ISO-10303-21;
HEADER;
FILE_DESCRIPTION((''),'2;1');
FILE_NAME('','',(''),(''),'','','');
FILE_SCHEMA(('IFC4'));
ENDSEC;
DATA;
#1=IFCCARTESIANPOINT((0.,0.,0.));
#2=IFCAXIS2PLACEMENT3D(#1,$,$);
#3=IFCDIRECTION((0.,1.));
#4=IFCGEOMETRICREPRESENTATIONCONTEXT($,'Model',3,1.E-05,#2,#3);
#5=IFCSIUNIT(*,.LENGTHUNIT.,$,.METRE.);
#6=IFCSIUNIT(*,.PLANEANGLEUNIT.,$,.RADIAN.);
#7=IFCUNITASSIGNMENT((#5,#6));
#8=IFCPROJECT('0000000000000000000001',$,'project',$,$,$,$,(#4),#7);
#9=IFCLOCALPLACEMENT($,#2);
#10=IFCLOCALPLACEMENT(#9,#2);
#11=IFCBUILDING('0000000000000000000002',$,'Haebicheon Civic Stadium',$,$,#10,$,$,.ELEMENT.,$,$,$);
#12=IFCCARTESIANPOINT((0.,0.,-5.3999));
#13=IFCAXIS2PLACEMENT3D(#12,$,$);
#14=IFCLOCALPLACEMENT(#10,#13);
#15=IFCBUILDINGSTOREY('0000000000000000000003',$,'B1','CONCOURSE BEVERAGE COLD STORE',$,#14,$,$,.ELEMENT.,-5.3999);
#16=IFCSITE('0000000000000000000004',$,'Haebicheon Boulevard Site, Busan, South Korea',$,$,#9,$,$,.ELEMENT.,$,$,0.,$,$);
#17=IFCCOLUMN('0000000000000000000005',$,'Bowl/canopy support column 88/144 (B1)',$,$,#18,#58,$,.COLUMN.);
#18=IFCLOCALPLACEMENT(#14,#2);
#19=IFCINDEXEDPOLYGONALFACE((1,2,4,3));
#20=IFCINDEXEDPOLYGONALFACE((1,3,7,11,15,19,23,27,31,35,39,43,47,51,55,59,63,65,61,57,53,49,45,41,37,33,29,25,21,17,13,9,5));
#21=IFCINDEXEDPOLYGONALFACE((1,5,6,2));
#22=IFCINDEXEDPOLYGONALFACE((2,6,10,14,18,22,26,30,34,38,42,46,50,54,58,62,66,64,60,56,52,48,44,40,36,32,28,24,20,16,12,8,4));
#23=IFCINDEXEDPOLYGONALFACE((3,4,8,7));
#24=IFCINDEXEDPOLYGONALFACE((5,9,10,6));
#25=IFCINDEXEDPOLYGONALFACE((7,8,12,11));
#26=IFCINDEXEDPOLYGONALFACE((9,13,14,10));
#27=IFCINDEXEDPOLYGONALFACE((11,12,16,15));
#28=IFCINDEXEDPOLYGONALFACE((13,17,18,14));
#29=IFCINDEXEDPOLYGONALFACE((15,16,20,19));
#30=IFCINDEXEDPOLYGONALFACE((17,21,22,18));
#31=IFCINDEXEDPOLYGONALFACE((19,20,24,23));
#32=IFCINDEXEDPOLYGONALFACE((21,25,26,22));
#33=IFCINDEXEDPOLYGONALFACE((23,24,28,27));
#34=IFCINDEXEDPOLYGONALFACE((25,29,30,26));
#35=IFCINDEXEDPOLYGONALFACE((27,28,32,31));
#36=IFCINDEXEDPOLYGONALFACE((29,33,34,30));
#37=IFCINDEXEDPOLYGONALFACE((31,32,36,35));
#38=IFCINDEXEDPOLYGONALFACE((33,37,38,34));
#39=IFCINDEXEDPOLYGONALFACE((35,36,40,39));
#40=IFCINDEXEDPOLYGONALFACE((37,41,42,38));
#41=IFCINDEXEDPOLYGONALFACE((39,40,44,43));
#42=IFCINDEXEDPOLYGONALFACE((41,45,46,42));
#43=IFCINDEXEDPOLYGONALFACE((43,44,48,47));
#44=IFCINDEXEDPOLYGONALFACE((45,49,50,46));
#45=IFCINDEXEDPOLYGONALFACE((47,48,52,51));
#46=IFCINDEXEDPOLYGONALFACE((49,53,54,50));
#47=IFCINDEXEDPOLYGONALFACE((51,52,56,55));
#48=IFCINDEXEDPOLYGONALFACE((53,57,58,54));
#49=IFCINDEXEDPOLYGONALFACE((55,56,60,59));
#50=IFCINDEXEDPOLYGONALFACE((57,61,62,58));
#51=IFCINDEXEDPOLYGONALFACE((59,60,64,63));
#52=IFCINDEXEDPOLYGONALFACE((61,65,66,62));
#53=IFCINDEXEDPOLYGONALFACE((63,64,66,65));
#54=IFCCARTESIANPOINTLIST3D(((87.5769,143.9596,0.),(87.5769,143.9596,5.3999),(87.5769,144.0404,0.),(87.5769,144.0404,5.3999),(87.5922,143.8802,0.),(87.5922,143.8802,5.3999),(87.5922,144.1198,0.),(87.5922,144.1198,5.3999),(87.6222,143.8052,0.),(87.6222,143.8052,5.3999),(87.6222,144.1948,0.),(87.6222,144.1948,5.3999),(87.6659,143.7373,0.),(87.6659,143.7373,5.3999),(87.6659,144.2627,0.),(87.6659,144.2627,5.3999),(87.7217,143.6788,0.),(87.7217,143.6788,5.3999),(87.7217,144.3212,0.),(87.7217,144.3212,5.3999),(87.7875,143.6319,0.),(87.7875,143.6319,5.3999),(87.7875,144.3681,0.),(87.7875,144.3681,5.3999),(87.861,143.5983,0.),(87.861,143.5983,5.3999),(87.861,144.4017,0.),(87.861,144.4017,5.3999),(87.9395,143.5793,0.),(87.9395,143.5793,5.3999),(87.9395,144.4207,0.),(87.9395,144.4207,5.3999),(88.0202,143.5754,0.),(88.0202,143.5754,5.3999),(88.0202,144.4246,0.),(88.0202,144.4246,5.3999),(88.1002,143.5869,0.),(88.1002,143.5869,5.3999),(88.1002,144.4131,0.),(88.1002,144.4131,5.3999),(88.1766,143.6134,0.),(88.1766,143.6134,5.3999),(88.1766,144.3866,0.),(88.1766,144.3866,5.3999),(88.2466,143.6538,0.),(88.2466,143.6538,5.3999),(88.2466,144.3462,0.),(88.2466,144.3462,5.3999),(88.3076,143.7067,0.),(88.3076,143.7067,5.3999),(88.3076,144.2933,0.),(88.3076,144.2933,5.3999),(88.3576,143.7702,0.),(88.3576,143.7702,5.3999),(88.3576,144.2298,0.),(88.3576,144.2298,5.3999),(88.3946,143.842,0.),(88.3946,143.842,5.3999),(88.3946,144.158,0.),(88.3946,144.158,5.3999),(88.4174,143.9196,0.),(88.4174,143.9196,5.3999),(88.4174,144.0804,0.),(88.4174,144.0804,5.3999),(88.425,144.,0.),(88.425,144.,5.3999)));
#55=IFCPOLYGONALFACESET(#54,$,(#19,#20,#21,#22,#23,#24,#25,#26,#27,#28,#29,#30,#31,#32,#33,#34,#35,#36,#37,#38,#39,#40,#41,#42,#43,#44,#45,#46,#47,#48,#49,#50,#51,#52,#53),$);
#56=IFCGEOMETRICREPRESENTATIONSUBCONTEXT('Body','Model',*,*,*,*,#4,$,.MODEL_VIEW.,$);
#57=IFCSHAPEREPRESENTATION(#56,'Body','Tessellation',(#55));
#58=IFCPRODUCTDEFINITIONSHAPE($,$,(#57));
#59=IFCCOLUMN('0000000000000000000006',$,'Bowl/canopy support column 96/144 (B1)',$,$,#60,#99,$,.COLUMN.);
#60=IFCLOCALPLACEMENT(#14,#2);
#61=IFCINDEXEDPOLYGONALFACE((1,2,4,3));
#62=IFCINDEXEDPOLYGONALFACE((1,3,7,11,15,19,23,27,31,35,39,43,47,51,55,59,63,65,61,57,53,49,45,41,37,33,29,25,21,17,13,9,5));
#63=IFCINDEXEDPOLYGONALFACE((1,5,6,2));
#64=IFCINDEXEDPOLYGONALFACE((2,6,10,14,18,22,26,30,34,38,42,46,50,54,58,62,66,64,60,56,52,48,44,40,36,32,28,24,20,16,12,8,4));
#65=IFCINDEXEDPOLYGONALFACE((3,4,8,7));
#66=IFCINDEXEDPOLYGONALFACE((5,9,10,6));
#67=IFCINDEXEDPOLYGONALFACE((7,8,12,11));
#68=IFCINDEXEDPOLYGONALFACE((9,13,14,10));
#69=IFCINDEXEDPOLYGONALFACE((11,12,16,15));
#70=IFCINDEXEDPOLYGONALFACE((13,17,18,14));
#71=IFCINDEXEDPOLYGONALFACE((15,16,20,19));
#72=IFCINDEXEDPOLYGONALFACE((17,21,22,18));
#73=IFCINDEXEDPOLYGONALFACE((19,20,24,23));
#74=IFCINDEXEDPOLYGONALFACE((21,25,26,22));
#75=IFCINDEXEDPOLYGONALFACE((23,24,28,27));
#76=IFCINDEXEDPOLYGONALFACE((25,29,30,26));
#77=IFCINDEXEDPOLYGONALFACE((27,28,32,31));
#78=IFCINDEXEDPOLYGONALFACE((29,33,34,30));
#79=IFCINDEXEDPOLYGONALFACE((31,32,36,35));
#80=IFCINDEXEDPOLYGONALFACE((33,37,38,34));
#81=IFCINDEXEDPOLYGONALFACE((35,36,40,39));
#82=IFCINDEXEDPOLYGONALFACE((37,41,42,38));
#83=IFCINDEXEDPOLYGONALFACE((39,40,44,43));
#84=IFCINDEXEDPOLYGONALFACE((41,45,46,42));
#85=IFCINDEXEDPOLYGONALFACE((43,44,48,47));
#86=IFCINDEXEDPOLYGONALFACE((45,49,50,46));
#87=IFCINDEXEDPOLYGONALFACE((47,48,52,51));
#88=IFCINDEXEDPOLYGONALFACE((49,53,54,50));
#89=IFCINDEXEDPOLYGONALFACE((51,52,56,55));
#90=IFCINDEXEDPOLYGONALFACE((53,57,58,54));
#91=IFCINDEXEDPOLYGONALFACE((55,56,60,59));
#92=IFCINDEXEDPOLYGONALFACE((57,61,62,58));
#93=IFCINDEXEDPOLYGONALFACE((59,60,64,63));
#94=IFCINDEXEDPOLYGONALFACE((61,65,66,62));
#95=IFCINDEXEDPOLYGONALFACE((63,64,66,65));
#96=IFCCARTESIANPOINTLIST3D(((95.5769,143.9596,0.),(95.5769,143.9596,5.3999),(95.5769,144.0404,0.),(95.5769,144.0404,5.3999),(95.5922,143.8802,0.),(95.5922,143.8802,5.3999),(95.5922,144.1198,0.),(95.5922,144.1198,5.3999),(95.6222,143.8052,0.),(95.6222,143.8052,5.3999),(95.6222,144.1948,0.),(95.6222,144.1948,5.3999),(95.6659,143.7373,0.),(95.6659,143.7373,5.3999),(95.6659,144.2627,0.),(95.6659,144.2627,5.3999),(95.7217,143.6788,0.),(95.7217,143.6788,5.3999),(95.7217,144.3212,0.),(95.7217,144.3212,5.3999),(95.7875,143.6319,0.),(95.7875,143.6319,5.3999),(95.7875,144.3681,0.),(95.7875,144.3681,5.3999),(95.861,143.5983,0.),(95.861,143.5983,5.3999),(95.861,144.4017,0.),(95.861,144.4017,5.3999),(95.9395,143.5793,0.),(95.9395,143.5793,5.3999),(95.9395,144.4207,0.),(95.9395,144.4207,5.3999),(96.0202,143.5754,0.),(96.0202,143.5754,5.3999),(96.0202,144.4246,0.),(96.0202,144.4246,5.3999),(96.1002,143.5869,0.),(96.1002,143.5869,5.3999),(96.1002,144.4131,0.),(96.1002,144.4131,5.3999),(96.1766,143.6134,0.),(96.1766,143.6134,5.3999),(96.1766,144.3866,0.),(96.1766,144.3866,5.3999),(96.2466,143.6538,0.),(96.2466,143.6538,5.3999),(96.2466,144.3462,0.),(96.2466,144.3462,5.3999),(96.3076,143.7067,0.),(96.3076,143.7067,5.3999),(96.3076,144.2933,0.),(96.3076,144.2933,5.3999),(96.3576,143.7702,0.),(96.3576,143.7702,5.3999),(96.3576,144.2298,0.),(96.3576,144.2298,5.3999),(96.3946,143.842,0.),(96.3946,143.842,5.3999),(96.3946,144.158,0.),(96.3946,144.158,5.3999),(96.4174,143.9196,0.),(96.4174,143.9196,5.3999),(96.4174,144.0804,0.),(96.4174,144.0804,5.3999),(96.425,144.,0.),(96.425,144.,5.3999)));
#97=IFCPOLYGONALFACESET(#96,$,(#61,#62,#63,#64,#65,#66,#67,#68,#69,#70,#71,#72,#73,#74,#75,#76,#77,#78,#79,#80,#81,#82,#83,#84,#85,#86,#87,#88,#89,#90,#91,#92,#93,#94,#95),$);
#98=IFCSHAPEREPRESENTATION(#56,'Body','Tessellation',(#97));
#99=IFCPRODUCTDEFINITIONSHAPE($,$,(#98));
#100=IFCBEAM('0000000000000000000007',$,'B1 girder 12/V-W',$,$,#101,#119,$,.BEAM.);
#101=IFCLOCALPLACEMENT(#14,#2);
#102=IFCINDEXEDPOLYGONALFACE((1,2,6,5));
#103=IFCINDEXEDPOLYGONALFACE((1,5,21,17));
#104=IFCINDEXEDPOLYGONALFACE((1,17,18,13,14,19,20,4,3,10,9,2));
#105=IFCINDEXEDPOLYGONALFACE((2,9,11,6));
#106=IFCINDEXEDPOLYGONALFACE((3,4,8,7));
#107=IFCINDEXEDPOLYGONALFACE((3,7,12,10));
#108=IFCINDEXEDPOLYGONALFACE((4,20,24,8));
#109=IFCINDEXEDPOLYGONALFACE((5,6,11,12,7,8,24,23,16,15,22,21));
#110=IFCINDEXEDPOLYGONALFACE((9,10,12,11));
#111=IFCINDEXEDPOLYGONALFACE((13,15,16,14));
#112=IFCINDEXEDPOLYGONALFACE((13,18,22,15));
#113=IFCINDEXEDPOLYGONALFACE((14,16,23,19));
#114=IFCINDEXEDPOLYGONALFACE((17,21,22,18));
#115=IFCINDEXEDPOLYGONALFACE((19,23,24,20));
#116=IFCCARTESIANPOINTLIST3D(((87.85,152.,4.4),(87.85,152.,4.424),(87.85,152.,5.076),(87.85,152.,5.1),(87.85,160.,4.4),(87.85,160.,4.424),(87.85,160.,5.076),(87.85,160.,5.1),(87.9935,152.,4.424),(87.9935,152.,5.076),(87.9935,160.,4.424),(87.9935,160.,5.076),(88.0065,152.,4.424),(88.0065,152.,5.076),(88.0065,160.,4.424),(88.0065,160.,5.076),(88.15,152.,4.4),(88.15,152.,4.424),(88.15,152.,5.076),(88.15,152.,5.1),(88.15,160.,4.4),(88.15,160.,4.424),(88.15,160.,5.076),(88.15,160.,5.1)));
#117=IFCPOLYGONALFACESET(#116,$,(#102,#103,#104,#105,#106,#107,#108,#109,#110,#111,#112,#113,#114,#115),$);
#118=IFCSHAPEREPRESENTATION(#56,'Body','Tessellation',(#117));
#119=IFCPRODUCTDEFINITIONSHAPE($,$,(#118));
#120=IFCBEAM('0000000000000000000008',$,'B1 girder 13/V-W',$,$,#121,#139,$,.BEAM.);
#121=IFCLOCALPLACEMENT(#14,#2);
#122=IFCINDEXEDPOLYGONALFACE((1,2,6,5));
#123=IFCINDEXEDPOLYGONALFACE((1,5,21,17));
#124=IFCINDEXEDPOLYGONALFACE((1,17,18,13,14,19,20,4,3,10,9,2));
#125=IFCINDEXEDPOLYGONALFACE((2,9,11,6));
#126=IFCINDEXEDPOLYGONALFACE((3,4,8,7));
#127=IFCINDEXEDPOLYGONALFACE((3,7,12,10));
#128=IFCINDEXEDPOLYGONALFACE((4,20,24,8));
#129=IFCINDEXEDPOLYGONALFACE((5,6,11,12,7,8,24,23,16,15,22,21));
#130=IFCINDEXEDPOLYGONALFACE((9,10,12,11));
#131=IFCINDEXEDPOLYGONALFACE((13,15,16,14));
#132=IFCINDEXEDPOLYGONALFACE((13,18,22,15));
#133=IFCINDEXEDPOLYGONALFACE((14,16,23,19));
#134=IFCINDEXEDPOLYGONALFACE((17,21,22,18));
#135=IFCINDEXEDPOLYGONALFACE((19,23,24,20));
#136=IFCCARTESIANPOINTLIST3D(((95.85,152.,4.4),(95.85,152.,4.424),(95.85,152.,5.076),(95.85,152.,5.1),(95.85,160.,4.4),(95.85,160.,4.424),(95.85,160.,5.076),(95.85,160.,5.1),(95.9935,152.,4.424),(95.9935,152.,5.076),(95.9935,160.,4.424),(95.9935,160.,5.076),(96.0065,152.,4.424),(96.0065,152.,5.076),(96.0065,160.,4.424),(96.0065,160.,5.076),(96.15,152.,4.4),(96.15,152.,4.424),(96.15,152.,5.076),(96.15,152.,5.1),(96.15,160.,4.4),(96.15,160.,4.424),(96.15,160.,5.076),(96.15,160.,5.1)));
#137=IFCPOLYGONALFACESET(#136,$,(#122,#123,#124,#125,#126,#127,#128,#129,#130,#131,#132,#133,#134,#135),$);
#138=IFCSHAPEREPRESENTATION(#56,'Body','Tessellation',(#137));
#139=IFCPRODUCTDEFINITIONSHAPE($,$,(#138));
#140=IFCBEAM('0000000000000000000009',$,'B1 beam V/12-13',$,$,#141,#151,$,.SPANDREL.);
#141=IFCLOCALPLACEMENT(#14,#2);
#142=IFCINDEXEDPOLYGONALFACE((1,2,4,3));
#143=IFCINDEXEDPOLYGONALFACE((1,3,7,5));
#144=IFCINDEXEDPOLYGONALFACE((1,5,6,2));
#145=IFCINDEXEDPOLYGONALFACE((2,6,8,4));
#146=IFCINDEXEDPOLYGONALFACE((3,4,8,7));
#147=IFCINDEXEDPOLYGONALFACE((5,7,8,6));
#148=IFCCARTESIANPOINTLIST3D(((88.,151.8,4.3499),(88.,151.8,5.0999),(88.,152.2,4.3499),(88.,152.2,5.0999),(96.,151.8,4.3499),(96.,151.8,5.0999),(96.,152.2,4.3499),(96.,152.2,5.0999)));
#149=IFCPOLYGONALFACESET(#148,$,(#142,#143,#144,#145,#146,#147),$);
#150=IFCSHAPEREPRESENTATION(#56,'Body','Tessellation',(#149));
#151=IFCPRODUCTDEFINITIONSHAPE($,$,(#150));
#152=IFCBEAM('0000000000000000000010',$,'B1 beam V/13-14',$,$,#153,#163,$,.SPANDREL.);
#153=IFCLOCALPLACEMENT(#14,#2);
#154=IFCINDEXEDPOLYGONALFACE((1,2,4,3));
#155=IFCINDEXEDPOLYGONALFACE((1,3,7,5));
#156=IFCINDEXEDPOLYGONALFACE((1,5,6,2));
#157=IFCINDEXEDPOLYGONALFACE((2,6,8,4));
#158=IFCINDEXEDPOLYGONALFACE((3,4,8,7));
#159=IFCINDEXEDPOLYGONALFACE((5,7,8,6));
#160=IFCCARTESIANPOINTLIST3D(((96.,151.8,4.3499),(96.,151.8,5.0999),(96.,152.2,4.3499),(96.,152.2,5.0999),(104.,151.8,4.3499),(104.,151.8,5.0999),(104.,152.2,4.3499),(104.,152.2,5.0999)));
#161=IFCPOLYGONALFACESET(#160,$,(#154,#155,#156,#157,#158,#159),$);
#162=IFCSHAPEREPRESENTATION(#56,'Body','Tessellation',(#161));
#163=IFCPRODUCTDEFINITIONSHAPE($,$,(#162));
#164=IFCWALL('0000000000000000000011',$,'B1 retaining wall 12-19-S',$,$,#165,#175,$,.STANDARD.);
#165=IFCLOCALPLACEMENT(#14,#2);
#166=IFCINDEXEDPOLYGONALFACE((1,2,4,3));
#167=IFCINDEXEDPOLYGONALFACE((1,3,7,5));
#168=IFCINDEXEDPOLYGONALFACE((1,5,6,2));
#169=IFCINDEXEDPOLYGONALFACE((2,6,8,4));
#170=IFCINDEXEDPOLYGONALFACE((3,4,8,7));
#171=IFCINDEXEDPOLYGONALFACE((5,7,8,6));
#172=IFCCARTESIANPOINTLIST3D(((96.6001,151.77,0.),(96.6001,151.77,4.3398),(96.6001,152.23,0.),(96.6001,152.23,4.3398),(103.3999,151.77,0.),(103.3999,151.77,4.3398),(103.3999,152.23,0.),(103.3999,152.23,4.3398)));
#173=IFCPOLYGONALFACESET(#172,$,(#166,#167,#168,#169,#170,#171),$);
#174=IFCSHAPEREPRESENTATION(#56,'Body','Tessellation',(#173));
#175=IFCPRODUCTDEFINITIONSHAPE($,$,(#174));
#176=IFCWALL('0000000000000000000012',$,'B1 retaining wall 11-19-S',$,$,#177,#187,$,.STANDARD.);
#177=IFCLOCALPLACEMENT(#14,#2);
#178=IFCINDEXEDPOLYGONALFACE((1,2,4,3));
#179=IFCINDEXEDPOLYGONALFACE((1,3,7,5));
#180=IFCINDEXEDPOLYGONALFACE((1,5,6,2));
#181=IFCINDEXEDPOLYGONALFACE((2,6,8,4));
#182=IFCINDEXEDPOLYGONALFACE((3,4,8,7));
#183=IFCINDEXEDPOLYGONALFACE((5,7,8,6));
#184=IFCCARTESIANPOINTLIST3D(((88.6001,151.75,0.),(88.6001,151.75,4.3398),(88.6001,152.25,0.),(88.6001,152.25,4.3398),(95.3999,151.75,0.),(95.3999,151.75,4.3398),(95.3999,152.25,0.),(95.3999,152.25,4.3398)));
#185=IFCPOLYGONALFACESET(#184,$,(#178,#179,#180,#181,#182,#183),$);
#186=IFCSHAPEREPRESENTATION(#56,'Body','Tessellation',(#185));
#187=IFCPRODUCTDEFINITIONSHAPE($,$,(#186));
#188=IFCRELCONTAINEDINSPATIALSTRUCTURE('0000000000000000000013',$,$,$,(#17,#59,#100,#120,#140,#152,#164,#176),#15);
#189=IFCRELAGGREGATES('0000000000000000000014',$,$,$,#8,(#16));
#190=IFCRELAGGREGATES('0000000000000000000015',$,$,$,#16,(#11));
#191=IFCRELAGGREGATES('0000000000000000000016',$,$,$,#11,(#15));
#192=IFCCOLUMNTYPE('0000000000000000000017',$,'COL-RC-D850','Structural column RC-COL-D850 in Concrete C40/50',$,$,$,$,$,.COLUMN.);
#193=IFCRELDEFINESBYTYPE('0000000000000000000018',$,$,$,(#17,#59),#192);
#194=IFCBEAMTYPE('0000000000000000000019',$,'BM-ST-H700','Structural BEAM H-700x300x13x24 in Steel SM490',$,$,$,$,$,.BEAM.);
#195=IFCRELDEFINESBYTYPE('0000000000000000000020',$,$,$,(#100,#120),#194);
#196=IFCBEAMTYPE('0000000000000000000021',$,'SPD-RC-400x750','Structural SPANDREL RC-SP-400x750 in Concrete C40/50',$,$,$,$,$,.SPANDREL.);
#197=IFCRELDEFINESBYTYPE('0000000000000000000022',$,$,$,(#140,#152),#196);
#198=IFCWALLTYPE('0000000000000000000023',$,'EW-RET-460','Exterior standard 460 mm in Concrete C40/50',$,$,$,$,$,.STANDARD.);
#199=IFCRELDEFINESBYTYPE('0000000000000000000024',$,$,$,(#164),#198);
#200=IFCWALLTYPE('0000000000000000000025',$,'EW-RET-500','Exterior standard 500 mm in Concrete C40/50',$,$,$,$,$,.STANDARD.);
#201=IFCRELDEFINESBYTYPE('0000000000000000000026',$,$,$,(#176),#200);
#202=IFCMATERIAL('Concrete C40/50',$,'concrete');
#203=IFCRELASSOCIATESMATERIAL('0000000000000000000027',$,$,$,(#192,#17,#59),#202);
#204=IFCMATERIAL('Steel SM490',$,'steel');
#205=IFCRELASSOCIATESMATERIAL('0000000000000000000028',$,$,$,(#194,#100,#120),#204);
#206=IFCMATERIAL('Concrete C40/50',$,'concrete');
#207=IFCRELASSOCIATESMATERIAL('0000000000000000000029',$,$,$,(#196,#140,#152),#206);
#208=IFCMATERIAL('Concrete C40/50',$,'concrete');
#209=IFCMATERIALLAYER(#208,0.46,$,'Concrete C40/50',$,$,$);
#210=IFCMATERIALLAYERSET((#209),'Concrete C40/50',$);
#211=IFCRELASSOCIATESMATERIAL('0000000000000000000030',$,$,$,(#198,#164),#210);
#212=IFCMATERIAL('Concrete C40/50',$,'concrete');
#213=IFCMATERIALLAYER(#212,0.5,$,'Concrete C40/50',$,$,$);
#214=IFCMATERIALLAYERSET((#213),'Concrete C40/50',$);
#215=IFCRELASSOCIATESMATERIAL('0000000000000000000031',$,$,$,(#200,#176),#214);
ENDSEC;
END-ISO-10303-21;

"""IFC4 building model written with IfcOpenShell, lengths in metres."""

from ifc_helpers import new_model, si_unit, direction, frame, frame_2d, origin, origin_2d, place, context, subcontext, project, spatial, rectangle, circle, i_section, extrude, material, layer, layer_set, material_profile, profile_set, type_object, element, save


model = new_model("IFC4")

# Units and contexts
model_context = context("Model", 3, precision=1e-05, world=origin(), true_north=direction((0.0, 1.0)))
body_context = subcontext(model_context, "Body", "Model", "MODEL_VIEW")
ifc_project = project(units=[si_unit("LENGTHUNIT", "METRE"), si_unit("PLANEANGLEUNIT", "RADIAN")], contexts=[model_context])

# Site, building, storey
site_placement = place(None, origin())
site = spatial("IfcSite", under=ifc_project, at=site_placement, Name="Haebicheon Boulevard Site, Busan, South Korea", CompositionType="ELEMENT", RefElevation=0.0)
building_placement = place(site_placement, origin())
building = spatial("IfcBuilding", under=site, at=building_placement, Name="Haebicheon Civic Stadium", CompositionType="ELEMENT")
storey_placement = place(building_placement, frame((0.0, 0.0, -5.3999)))
storey = spatial("IfcBuildingStorey", under=building, at=storey_placement, Name="B1", Description="CONCOURSE BEVERAGE COLD STORE", CompositionType="ELEMENT", Elevation=-5.3999)

# Columns
ifc_material_1 = material(Name="Concrete C40/50", Category="concrete")
ifc_material_profile_1 = material_profile(ifc_material_1, circle(Radius=0.425, at=origin_2d()), Name="RC-COL-D850")
ifc_profile_set_1 = profile_set([ifc_material_profile_1], Name="Concrete C40/50")
column_type_1 = type_object("IfcColumnType", Name="COL-RC-D850", Description="Structural column RC-COL-D850 in Concrete C40/50", PredefinedType="COLUMN", material=ifc_profile_set_1)
for number, where, z_axis, x_axis, name in (
    (1, (88.0, 144.0, 0.0), (0.0, 0.0, 1.0), (1.0, 0.0, 0.0), "Bowl/canopy support column 88/144 (B1)"),
    (2, (96.0, 144.0, 0.0), (0.0, 0.0, 1.0), (1.0, 0.0, 0.0), "Bowl/canopy support column 96/144 (B1)"),
):
    element("IfcColumn", number, at=place(storey_placement, frame(where, z_axis=z_axis, x_axis=x_axis)), inside=storey, type_object=column_type_1, material=ifc_profile_set_1, Name=name, PredefinedType="COLUMN", context=body_context, shape_type="SweptSolid", body=[
        extrude(circle(Radius=0.425, at=origin_2d()), origin(), (0.0, 0.0, 1.0), 5.3999),
    ])

# Beams
ifc_material_2 = material(Name="Steel SM490", Category="steel")
ifc_material_profile_2 = material_profile(ifc_material_2, i_section(OverallWidth=0.3, OverallDepth=0.7, WebThickness=0.0129, FlangeThickness=0.0239, at=origin_2d()), Name="H-700x300x13x24")
ifc_profile_set_2 = profile_set([ifc_material_profile_2], Name="Steel SM490")
beam_type_1 = type_object("IfcBeamType", Name="BM-ST-H700", Description="Structural BEAM H-700x300x13x24 in Steel SM490", PredefinedType="BEAM", material=ifc_profile_set_2)
for number, where, z_axis, x_axis, name in (
    (3, (88.0, 152.0, 4.75), (0.0, 1.0, 0.0), (-1.0, 0.0, 0.0), "B1 girder 12/V-W"),
    (4, (96.0, 152.0, 4.75), (0.0, 1.0, 0.0), (-1.0, 0.0, 0.0), "B1 girder 13/V-W"),
):
    element("IfcBeam", number, at=place(storey_placement, frame(where, z_axis=z_axis, x_axis=x_axis)), inside=storey, type_object=beam_type_1, material=ifc_profile_set_2, Name=name, PredefinedType="BEAM", context=body_context, shape_type="SweptSolid", body=[
        extrude(i_section(OverallWidth=0.3, OverallDepth=0.7, WebThickness=0.0129, FlangeThickness=0.0239, at=origin_2d()), origin(), (0.0, 0.0, 1.0), 8.0),
    ])
ifc_material_3 = material(Name="Concrete C40/50", Category="concrete")
ifc_material_profile_3 = material_profile(ifc_material_3, rectangle(XDim=0.3999, YDim=0.75, at=origin_2d()), Name="RC-SP-400x750")
ifc_profile_set_3 = profile_set([ifc_material_profile_3], Name="Concrete C40/50")
beam_type_2 = type_object("IfcBeamType", Name="SPD-RC-400x750", Description="Structural SPANDREL RC-SP-400x750 in Concrete C40/50", PredefinedType="SPANDREL", material=ifc_profile_set_3)
for number, where, z_axis, x_axis, name in (
    (5, (88.0, 152.0, 4.7249), (1.0, 0.0, 0.0), (0.0, 1.0, 0.0), "B1 beam V/12-13"),
    (6, (96.0, 152.0, 4.7249), (1.0, 0.0, 0.0), (0.0, 1.0, 0.0), "B1 beam V/13-14"),
):
    element("IfcBeam", number, at=place(storey_placement, frame(where, z_axis=z_axis, x_axis=x_axis)), inside=storey, type_object=beam_type_2, material=ifc_profile_set_3, Name=name, PredefinedType="SPANDREL", context=body_context, shape_type="SweptSolid", body=[
        extrude(rectangle(XDim=0.3999, YDim=0.75, at=origin_2d()), origin(), (0.0, 0.0, 1.0), 8.0),
    ])

# Walls
ifc_material_4 = material(Name="Concrete C40/50", Category="concrete")
ifc_layer_1 = layer(ifc_material_4, 0.46, Name="Concrete C40/50")
ifc_layer_set_1 = layer_set([ifc_layer_1], Name="Concrete C40/50")
wall_type_1 = type_object("IfcWallType", Name="EW-RET-460", Description="Exterior standard 460 mm in Concrete C40/50", PredefinedType="STANDARD", material=ifc_layer_set_1)
wall_1_placement = place(storey_placement, frame((96.6001, 152.0, 0.0), z_axis=(0.0, 0.0, 1.0), x_axis=(1.0, 0.0, 0.0)))
element("IfcWall", 7, at=wall_1_placement, inside=storey, type_object=wall_type_1, material=ifc_layer_set_1, Name="B1 retaining wall 12-19-S", PredefinedType="STANDARD", context=body_context, shape_type="SweptSolid", body=[
    extrude(rectangle(XDim=6.7998, YDim=0.46, at=frame_2d((3.3999, 0.0))), origin(), (0.0, 0.0, 1.0), 4.3398),
])
ifc_material_5 = material(Name="Concrete C40/50", Category="concrete")
ifc_layer_2 = layer(ifc_material_5, 0.5, Name="Concrete C40/50")
ifc_layer_set_2 = layer_set([ifc_layer_2], Name="Concrete C40/50")
wall_type_2 = type_object("IfcWallType", Name="EW-RET-500", Description="Exterior standard 500 mm in Concrete C40/50", PredefinedType="STANDARD", material=ifc_layer_set_2)
wall_2_placement = place(storey_placement, frame((88.6001, 152.0, 0.0), z_axis=(0.0, 0.0, 1.0), x_axis=(1.0, 0.0, 0.0)))
element("IfcWall", 8, at=wall_2_placement, inside=storey, type_object=wall_type_2, material=ifc_layer_set_2, Name="B1 retaining wall 11-19-S", PredefinedType="STANDARD", context=body_context, shape_type="SweptSolid", body=[
    extrude(rectangle(XDim=6.7998, YDim=0.5, at=frame_2d((3.3999, 0.0))), origin(), (0.0, 0.0, 1.0), 4.3398),
])

save(model, "model.ifc")
